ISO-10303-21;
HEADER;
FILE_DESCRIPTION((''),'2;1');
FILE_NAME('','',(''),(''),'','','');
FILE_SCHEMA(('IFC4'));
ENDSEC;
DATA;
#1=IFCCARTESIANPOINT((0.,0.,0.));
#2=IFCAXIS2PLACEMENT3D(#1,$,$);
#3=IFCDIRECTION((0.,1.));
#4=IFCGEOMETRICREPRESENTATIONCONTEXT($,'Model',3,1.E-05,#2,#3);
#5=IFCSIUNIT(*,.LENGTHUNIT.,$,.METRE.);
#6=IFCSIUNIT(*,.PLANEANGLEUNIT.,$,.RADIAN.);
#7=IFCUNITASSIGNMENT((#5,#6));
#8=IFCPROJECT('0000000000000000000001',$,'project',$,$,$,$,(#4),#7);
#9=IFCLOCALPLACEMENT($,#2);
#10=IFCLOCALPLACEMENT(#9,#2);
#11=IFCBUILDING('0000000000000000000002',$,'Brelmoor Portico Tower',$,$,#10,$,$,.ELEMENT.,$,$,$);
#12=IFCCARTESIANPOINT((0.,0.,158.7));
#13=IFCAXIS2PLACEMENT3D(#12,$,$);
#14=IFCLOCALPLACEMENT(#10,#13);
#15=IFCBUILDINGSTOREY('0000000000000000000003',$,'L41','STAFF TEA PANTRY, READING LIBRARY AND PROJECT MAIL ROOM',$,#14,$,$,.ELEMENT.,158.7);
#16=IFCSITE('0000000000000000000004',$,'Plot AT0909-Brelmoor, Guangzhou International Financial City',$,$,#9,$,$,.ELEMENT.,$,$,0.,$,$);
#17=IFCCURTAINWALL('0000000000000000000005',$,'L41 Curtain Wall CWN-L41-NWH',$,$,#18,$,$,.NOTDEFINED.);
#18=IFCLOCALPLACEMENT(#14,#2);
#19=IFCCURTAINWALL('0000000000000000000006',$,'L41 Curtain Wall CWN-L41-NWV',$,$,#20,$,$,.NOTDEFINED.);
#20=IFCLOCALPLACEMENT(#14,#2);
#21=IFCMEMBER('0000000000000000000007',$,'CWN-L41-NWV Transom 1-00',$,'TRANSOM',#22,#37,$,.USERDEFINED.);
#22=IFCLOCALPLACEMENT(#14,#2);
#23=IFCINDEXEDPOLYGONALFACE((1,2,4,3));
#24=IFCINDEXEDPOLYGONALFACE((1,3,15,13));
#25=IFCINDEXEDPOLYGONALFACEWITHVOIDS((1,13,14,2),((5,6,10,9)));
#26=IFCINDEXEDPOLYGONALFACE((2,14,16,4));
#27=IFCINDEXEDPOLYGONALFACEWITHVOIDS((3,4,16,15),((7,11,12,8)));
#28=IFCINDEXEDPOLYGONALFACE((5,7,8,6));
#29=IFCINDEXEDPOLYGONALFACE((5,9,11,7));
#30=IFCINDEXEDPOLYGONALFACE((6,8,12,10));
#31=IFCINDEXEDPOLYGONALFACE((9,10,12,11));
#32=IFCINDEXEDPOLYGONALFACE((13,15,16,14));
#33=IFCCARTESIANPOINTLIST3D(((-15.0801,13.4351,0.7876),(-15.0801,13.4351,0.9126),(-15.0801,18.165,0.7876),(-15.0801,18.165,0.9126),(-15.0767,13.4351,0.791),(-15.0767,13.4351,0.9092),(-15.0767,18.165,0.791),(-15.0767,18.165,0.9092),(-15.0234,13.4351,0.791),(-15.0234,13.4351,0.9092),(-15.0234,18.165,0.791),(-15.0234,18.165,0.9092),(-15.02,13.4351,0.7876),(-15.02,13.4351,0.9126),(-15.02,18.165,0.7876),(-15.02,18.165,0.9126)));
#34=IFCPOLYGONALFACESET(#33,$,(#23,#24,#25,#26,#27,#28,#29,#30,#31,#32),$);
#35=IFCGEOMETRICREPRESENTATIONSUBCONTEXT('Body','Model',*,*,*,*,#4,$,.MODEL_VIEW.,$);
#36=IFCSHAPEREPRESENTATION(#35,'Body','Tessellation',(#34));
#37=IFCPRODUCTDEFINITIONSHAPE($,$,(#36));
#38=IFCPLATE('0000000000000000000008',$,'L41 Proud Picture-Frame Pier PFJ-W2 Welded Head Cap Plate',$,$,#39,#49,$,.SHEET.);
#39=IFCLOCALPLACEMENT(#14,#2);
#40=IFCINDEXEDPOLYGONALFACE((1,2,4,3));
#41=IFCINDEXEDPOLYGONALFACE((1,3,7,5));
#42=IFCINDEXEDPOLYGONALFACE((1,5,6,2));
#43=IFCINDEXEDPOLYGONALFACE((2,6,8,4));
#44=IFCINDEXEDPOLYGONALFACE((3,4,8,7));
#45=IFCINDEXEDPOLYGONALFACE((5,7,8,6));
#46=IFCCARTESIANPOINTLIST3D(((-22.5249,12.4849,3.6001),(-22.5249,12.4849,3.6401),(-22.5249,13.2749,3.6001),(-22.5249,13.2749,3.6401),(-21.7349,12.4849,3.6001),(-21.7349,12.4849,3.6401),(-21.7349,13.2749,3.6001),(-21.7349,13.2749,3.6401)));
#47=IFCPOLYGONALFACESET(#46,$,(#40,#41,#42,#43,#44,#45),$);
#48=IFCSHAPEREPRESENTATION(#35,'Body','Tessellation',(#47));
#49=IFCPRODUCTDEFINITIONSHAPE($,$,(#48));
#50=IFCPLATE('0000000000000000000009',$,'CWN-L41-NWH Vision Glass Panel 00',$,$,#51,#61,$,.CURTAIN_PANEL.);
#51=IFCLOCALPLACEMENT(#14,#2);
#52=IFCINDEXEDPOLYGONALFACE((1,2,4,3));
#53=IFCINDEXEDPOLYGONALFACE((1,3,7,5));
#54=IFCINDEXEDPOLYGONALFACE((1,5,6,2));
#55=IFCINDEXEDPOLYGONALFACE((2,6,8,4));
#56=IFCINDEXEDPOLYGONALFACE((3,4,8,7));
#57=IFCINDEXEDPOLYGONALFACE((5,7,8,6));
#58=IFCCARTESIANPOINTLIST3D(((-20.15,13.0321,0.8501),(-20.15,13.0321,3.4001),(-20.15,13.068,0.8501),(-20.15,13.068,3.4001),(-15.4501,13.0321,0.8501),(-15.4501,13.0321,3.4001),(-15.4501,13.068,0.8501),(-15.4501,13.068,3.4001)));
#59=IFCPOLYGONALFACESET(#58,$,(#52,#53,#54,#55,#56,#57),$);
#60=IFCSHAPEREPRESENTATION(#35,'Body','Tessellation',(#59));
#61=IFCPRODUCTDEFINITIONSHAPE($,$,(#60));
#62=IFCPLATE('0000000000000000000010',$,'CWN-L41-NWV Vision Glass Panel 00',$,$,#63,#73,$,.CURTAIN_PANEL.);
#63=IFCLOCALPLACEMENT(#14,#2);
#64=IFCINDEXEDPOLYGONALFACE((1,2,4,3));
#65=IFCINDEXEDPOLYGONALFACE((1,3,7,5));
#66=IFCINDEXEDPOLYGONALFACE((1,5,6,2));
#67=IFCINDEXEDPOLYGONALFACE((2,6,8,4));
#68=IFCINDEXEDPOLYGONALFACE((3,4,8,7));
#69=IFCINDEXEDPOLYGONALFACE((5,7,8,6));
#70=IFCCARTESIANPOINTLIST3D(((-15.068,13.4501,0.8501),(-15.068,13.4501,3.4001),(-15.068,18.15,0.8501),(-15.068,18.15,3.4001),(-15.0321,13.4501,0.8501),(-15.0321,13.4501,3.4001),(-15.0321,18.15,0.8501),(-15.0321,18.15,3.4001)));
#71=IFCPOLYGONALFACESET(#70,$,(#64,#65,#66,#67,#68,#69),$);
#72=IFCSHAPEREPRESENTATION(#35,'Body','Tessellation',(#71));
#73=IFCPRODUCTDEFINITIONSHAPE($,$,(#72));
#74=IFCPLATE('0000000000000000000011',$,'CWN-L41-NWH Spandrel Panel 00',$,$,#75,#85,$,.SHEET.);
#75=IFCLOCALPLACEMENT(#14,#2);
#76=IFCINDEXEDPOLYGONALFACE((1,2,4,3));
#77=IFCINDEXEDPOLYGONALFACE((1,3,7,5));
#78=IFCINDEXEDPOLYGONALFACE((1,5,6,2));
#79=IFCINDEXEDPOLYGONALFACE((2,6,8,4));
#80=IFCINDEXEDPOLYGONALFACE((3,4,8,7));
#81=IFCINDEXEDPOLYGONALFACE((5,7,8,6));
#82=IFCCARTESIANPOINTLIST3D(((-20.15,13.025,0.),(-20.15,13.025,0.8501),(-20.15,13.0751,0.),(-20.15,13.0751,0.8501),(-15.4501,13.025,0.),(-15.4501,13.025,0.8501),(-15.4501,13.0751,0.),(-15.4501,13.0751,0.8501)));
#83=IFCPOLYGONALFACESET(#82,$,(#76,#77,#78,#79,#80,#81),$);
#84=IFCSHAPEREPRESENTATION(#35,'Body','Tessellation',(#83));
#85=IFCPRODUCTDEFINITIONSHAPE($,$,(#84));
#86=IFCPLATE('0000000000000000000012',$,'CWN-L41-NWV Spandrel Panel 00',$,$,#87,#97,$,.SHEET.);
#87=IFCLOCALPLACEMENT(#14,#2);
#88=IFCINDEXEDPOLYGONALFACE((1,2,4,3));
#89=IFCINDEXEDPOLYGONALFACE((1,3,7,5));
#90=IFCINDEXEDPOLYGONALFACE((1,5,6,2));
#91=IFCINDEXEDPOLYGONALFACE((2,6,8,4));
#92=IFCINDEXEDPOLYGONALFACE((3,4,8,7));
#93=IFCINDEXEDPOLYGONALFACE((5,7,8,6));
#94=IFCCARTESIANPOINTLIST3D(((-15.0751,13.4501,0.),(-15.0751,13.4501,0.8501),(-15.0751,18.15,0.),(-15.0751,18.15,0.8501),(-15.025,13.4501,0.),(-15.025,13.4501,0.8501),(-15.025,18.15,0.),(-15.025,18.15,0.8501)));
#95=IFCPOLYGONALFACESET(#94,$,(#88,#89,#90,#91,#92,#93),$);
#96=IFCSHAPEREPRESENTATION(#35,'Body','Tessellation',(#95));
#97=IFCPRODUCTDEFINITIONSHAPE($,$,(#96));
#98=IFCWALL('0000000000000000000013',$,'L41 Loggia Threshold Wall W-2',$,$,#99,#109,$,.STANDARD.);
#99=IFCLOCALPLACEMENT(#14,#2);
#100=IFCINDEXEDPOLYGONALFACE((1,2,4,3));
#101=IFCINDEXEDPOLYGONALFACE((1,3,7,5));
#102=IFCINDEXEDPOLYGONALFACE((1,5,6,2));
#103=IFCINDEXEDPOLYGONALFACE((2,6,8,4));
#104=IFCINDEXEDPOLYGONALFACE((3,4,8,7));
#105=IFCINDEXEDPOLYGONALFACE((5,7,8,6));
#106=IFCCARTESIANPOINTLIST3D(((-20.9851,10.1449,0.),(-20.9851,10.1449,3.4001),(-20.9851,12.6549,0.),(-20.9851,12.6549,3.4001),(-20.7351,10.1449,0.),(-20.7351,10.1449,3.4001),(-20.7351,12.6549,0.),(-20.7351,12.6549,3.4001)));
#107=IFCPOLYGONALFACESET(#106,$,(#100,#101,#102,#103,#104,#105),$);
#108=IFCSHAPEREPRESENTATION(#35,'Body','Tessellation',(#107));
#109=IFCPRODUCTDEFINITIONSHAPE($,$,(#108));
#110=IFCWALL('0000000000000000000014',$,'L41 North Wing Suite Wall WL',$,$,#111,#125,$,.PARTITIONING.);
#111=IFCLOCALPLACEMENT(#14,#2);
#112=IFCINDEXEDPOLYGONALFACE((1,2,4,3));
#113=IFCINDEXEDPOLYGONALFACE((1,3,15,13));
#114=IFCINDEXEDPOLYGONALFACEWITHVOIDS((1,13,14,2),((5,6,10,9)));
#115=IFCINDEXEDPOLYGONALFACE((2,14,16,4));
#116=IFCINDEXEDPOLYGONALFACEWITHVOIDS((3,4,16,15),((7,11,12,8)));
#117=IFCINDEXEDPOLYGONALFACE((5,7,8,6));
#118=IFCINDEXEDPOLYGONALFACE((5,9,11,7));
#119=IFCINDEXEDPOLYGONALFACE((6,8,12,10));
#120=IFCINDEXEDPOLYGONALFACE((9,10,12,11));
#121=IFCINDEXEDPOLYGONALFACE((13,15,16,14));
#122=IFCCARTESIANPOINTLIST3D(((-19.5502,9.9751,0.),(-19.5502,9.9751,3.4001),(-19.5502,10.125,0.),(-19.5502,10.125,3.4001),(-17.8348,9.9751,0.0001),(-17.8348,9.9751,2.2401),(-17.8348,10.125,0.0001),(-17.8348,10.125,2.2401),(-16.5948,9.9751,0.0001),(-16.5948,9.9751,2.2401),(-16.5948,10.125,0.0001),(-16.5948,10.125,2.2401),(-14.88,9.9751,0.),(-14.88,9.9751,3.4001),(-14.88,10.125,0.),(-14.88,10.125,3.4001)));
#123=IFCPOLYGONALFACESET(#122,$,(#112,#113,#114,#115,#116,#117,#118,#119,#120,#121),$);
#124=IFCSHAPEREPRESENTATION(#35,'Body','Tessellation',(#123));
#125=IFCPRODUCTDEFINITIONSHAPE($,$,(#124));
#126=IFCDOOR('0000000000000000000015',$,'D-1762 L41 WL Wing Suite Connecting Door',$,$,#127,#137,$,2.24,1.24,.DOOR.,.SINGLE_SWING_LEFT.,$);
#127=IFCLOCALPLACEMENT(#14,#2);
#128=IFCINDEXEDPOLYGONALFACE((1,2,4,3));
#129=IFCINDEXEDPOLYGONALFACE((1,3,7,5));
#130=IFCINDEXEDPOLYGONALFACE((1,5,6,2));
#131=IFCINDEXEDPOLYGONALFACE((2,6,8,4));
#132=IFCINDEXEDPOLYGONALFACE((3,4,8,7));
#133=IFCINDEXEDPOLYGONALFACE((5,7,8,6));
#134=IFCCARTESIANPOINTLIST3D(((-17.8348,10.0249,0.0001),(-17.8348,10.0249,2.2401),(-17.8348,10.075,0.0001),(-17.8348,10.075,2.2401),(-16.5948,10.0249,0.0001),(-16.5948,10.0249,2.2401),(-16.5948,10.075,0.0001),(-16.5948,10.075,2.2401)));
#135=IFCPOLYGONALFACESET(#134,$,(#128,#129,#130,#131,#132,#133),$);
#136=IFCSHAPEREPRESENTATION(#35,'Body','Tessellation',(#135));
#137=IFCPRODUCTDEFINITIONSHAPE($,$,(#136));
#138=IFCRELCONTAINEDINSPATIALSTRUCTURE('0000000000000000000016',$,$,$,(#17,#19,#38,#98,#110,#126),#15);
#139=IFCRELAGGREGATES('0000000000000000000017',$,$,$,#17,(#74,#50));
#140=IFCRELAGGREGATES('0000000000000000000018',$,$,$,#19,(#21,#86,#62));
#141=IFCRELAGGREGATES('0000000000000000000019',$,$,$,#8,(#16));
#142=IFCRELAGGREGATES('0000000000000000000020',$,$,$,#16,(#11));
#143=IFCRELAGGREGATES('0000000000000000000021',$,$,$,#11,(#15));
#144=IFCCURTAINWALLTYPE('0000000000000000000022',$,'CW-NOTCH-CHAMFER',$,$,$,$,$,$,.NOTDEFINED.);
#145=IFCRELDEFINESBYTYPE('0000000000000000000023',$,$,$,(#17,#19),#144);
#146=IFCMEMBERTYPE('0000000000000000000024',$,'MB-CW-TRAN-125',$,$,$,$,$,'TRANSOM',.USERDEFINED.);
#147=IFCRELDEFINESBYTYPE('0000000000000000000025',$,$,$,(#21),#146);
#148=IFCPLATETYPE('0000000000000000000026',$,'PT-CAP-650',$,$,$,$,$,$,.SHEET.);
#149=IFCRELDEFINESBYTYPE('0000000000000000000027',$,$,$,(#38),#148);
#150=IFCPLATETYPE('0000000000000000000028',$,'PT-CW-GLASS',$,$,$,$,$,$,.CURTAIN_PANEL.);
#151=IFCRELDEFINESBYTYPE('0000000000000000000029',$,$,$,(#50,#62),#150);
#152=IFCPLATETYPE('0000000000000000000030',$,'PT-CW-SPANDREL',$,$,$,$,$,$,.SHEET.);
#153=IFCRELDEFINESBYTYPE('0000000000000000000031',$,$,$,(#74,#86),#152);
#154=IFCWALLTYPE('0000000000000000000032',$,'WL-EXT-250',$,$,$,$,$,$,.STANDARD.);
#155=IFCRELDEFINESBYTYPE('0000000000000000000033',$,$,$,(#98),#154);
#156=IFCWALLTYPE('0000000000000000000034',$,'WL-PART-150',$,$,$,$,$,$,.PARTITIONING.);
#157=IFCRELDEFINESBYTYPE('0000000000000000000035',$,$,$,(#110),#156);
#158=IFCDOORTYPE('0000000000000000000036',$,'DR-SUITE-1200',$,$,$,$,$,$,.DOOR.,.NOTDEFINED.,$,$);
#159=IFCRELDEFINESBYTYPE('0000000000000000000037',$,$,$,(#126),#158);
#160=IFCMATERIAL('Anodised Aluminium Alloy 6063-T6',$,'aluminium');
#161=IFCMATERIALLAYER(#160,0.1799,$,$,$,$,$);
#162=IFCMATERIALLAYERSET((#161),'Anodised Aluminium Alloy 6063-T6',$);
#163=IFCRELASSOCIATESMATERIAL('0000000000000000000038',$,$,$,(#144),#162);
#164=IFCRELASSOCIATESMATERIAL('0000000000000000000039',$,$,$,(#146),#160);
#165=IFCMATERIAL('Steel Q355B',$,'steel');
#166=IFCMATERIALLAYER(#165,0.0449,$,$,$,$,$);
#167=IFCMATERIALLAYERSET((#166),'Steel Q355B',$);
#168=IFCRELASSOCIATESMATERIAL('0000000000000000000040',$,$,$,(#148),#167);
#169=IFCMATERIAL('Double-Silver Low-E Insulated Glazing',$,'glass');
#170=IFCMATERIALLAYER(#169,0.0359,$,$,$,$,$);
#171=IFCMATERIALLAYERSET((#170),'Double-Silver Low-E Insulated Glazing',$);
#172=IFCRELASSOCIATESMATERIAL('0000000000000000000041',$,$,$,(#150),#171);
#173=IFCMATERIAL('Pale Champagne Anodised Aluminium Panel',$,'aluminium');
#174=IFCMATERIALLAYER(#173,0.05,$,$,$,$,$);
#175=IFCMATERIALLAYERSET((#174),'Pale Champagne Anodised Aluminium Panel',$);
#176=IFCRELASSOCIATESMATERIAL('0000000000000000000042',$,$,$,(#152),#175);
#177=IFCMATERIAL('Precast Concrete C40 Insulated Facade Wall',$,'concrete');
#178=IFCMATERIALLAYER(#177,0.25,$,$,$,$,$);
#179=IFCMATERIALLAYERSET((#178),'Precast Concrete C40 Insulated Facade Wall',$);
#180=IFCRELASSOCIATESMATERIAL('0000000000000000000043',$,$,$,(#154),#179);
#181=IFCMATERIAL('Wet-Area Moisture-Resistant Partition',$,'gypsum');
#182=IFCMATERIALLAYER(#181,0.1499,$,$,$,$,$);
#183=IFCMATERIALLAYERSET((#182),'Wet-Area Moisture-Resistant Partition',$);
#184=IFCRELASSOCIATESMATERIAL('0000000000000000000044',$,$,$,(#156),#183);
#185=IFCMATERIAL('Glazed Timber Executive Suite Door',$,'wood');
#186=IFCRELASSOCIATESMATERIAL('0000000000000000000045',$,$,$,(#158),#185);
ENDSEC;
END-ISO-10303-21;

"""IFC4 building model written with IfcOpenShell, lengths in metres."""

from ifc_helpers import new_model, si_unit, direction, frame, frame_2d, origin, origin_2d, place, context, subcontext, project, spatial, rectangle, hollow_rectangle, extrude, material, layer, layer_set, material_profile, profile_set, type_object, element, fill, aggregate, save


model = new_model("IFC4")

# Units and contexts
model_context = context("Model", 3, precision=1e-05, world=origin(), true_north=direction((0.0, 1.0)))
body_context = subcontext(model_context, "Body", "Model", "MODEL_VIEW")
ifc_project = project(units=[si_unit("LENGTHUNIT", "METRE"), si_unit("PLANEANGLEUNIT", "RADIAN")], contexts=[model_context])

# Site, building, storey
site_placement = place(None, origin())
site = spatial("IfcSite", under=ifc_project, at=site_placement, Name="Plot AT0909-Brelmoor, Guangzhou International Financial City", CompositionType="ELEMENT", RefElevation=0.0)
building_placement = place(site_placement, origin())
building = spatial("IfcBuilding", under=site, at=building_placement, Name="Brelmoor Portico Tower", CompositionType="ELEMENT")
storey_placement = place(building_placement, frame((0.0, 0.0, 158.7)))
storey = spatial("IfcBuildingStorey", under=building, at=storey_placement, Name="L41", Description="STAFF TEA PANTRY, READING LIBRARY AND PROJECT MAIL ROOM", CompositionType="ELEMENT", Elevation=158.7)

# Shared definitions
ifc_material_1 = material(Name="Steel Q355B", Category="steel")

# Curtain walls
ifc_material_2 = material(Name="Anodised Aluminium Alloy 6063-T6", Category="aluminium")
ifc_layer_1 = layer(ifc_material_2, 0.1799)
ifc_layer_set_1 = layer_set([ifc_layer_1], Name="Anodised Aluminium Alloy 6063-T6")
curtain_wall_type = type_object("IfcCurtainWallType", Name="CW-NOTCH-CHAMFER", PredefinedType="NOTDEFINED", material=ifc_layer_set_1)
curtain_wall_1_placement = place(storey_placement, origin())
curtain_wall_1 = element("IfcCurtainWall", 1, at=curtain_wall_1_placement, inside=storey, type_object=curtain_wall_type, Name="L41 Curtain Wall CWN-L41-NWH", PredefinedType="NOTDEFINED")
curtain_wall_2_placement = place(storey_placement, origin())
curtain_wall_2 = element("IfcCurtainWall", 2, at=curtain_wall_2_placement, inside=storey, type_object=curtain_wall_type, Name="L41 Curtain Wall CWN-L41-NWV", PredefinedType="NOTDEFINED")

# Member
ifc_material_profile_1 = material_profile(ifc_material_2, hollow_rectangle(XDim=0.0601, YDim=0.125, WallThickness=0.0034, at=origin_2d()), Name="ALU TRANSOM 60x125")
ifc_profile_set_1 = profile_set([ifc_material_profile_1], Name="Anodised Aluminium Alloy 6063-T6")
member_type_1 = type_object("IfcMemberType", Name="MB-CW-TRAN-125", ElementType="TRANSOM", PredefinedType="USERDEFINED", material=ifc_profile_set_1)
member_1_placement = place(storey_placement, frame((-15.05, 13.4351, 0.8501), z_axis=(0.0, 1.0, 0.0), x_axis=(-1.0, 0.0, 0.0)))
member_1 = element("IfcMember", 3, at=member_1_placement, type_object=member_type_1, Name="CWN-L41-NWV Transom 1-00", ObjectType="TRANSOM", PredefinedType="USERDEFINED", context=body_context, shape_type="SweptSolid", body=[
    extrude(hollow_rectangle(XDim=0.0601, YDim=0.125, WallThickness=0.0034, at=origin_2d()), origin(), (0.0, 0.0, 1.0), 4.73),
])

# Plates
ifc_layer_2 = layer(ifc_material_1, 0.0449)
ifc_layer_set_2 = layer_set([ifc_layer_2], Name="Steel Q355B")
plate_type_1 = type_object("IfcPlateType", Name="PT-CAP-650", PredefinedType="SHEET", material=ifc_layer_set_2)
plate_1_placement = place(storey_placement, frame((-22.1299, 12.8799, 3.6001), z_axis=(0.0, 0.0, 1.0), x_axis=(0.0, 1.0, 0.0)))
element("IfcPlate", 4, at=plate_1_placement, inside=storey, type_object=plate_type_1, Name="L41 Proud Picture-Frame Pier PFJ-W2 Welded Head Cap Plate", PredefinedType="SHEET", context=body_context, shape_type="SweptSolid", body=[
    extrude(rectangle(XDim=0.79, YDim=0.79, at=origin_2d()), origin(), (0.0, 0.0, 1.0), 0.04),
])
ifc_material_3 = material(Name="Double-Silver Low-E Insulated Glazing", Category="glass")
ifc_layer_3 = layer(ifc_material_3, 0.0359)
ifc_layer_set_3 = layer_set([ifc_layer_3], Name="Double-Silver Low-E Insulated Glazing")
plate_type_2 = type_object("IfcPlateType", Name="PT-CW-GLASS", PredefinedType="CURTAIN_PANEL", material=ifc_layer_set_3)
plate_2_placement = place(storey_placement, frame((-17.8, 13.05, 0.8501), z_axis=(0.0, 0.0, 1.0), x_axis=(1.0, 0.0, 0.0)))
plate_2 = element("IfcPlate", 5, at=plate_2_placement, type_object=plate_type_2, Name="CWN-L41-NWH Vision Glass Panel 00", PredefinedType="CURTAIN_PANEL", context=body_context, shape_type="SweptSolid", body=[
    extrude(rectangle(XDim=4.7, YDim=0.0359, at=origin_2d()), origin(), (0.0, 0.0, 1.0), 2.55),
])
plate_3_placement = place(storey_placement, frame((-15.05, 15.8, 0.8501), z_axis=(0.0, 0.0, 1.0), x_axis=(0.0, 1.0, 0.0)))
plate_3 = element("IfcPlate", 6, at=plate_3_placement, type_object=plate_type_2, Name="CWN-L41-NWV Vision Glass Panel 00", PredefinedType="CURTAIN_PANEL", context=body_context, shape_type="SweptSolid", body=[
    extrude(rectangle(XDim=4.7, YDim=0.0359, at=origin_2d()), origin(), (0.0, 0.0, 1.0), 2.55),
])
ifc_material_4 = material(Name="Pale Champagne Anodised Aluminium Panel", Category="aluminium")
ifc_layer_4 = layer(ifc_material_4, 0.05)
ifc_layer_set_4 = layer_set([ifc_layer_4], Name="Pale Champagne Anodised Aluminium Panel")
plate_type_3 = type_object("IfcPlateType", Name="PT-CW-SPANDREL", PredefinedType="SHEET", material=ifc_layer_set_4)
plate_4_placement = place(storey_placement, frame((-17.8, 13.05, 0.0), z_axis=(0.0, 0.0, 1.0), x_axis=(1.0, 0.0, 0.0)))
plate_4 = element("IfcPlate", 7, at=plate_4_placement, type_object=plate_type_3, Name="CWN-L41-NWH Spandrel Panel 00", PredefinedType="SHEET", context=body_context, shape_type="SweptSolid", body=[
    extrude(rectangle(XDim=4.7, YDim=0.05, at=origin_2d()), origin(), (0.0, 0.0, 1.0), 0.8501),
])
aggregate(curtain_wall_1, [plate_4, plate_2])
plate_5_placement = place(storey_placement, frame((-15.05, 15.8, 0.0), z_axis=(0.0, 0.0, 1.0), x_axis=(0.0, 1.0, 0.0)))
plate_5 = element("IfcPlate", 8, at=plate_5_placement, type_object=plate_type_3, Name="CWN-L41-NWV Spandrel Panel 00", PredefinedType="SHEET", context=body_context, shape_type="SweptSolid", body=[
    extrude(rectangle(XDim=4.7, YDim=0.05, at=origin_2d()), origin(), (0.0, 0.0, 1.0), 0.8501),
])
aggregate(curtain_wall_2, [member_1, plate_5, plate_3])

# Wall
ifc_material_5 = material(Name="Precast Concrete C40 Insulated Facade Wall", Category="concrete")
ifc_layer_5 = layer(ifc_material_5, 0.25)
ifc_layer_set_5 = layer_set([ifc_layer_5], Name="Precast Concrete C40 Insulated Facade Wall")
wall_type_1 = type_object("IfcWallType", Name="WL-EXT-250", PredefinedType="STANDARD", material=ifc_layer_set_5)
wall_1_placement = place(storey_placement, frame((-20.8601, 10.145, 0.0), z_axis=(0.0, 0.0, 1.0), x_axis=(0.0, 1.0, 0.0)))
element("IfcWall", 9, at=wall_1_placement, inside=storey, type_object=wall_type_1, Name="L41 Loggia Threshold Wall W-2", PredefinedType="STANDARD", context=body_context, shape_type="SweptSolid", body=[
    extrude(rectangle(XDim=2.51, YDim=0.25, at=frame_2d((1.2549, 0.0))), origin(), (0.0, 0.0, 1.0), 3.4001),
])

# Wall, opening, door
ifc_material_6 = material(Name="Wet-Area Moisture-Resistant Partition", Category="gypsum")
ifc_layer_6 = layer(ifc_material_6, 0.1499)
ifc_layer_set_6 = layer_set([ifc_layer_6], Name="Wet-Area Moisture-Resistant Partition")
wall_type_2 = type_object("IfcWallType", Name="WL-PART-150", PredefinedType="PARTITIONING", material=ifc_layer_set_6)
wall_2_placement = place(storey_placement, frame((-19.55, 10.05, 0.0), z_axis=(0.0, 0.0, 1.0), x_axis=(1.0, 0.0, 0.0)))
wall_2 = element("IfcWall", 10, at=wall_2_placement, inside=storey, type_object=wall_type_2, Name="L41 North Wing Suite Wall WL", PredefinedType="PARTITIONING", context=body_context, shape_type="SweptSolid", body=[
    extrude(rectangle(XDim=4.6702, YDim=0.1499, at=frame_2d((2.335, 0.0))), origin(), (0.0, 0.0, 1.0), 3.4001),
])
opening_placement = place(wall_2_placement, frame((1.7151, 0.0, 0.0)))
opening = element("IfcOpeningElement", 11, at=opening_placement, cuts=wall_2, PredefinedType="OPENING", context=body_context, shape_type="SweptSolid", body=[
    extrude(rectangle(XDim=1.24, YDim=2.24, at=frame_2d((0.6201, 1.1201))), frame((0.0, 0.085, 0.0), z_axis=(0.0, -1.0, 0.0), x_axis=(1.0, 0.0, 0.0)), (0.0, 0.0, 1.0), 0.1699),
])
ifc_material_7 = material(Name="Glazed Timber Executive Suite Door", Category="wood")
door_type = type_object("IfcDoorType", Name="DR-SUITE-1200", OperationType="NOTDEFINED", PredefinedType="DOOR", material=ifc_material_7)
door_placement = place(opening_placement, origin())
door = element("IfcDoor", 12, at=door_placement, inside=storey, type_object=door_type, Name="D-1762 L41 WL Wing Suite Connecting Door", OperationType="SINGLE_SWING_LEFT", OverallHeight=2.24, OverallWidth=1.24, PredefinedType="DOOR", context=body_context, shape_type="SweptSolid", body=[
    extrude(rectangle(XDim=1.24, YDim=2.24, at=frame_2d((0.6201, 1.1201))), frame((0.0, 0.0249, 0.0), z_axis=(0.0, -1.0, 0.0), x_axis=(1.0, 0.0, 0.0)), (0.0, 0.0, 1.0), 0.05),
])
fill(opening, door)

save(model, "model.ifc")
